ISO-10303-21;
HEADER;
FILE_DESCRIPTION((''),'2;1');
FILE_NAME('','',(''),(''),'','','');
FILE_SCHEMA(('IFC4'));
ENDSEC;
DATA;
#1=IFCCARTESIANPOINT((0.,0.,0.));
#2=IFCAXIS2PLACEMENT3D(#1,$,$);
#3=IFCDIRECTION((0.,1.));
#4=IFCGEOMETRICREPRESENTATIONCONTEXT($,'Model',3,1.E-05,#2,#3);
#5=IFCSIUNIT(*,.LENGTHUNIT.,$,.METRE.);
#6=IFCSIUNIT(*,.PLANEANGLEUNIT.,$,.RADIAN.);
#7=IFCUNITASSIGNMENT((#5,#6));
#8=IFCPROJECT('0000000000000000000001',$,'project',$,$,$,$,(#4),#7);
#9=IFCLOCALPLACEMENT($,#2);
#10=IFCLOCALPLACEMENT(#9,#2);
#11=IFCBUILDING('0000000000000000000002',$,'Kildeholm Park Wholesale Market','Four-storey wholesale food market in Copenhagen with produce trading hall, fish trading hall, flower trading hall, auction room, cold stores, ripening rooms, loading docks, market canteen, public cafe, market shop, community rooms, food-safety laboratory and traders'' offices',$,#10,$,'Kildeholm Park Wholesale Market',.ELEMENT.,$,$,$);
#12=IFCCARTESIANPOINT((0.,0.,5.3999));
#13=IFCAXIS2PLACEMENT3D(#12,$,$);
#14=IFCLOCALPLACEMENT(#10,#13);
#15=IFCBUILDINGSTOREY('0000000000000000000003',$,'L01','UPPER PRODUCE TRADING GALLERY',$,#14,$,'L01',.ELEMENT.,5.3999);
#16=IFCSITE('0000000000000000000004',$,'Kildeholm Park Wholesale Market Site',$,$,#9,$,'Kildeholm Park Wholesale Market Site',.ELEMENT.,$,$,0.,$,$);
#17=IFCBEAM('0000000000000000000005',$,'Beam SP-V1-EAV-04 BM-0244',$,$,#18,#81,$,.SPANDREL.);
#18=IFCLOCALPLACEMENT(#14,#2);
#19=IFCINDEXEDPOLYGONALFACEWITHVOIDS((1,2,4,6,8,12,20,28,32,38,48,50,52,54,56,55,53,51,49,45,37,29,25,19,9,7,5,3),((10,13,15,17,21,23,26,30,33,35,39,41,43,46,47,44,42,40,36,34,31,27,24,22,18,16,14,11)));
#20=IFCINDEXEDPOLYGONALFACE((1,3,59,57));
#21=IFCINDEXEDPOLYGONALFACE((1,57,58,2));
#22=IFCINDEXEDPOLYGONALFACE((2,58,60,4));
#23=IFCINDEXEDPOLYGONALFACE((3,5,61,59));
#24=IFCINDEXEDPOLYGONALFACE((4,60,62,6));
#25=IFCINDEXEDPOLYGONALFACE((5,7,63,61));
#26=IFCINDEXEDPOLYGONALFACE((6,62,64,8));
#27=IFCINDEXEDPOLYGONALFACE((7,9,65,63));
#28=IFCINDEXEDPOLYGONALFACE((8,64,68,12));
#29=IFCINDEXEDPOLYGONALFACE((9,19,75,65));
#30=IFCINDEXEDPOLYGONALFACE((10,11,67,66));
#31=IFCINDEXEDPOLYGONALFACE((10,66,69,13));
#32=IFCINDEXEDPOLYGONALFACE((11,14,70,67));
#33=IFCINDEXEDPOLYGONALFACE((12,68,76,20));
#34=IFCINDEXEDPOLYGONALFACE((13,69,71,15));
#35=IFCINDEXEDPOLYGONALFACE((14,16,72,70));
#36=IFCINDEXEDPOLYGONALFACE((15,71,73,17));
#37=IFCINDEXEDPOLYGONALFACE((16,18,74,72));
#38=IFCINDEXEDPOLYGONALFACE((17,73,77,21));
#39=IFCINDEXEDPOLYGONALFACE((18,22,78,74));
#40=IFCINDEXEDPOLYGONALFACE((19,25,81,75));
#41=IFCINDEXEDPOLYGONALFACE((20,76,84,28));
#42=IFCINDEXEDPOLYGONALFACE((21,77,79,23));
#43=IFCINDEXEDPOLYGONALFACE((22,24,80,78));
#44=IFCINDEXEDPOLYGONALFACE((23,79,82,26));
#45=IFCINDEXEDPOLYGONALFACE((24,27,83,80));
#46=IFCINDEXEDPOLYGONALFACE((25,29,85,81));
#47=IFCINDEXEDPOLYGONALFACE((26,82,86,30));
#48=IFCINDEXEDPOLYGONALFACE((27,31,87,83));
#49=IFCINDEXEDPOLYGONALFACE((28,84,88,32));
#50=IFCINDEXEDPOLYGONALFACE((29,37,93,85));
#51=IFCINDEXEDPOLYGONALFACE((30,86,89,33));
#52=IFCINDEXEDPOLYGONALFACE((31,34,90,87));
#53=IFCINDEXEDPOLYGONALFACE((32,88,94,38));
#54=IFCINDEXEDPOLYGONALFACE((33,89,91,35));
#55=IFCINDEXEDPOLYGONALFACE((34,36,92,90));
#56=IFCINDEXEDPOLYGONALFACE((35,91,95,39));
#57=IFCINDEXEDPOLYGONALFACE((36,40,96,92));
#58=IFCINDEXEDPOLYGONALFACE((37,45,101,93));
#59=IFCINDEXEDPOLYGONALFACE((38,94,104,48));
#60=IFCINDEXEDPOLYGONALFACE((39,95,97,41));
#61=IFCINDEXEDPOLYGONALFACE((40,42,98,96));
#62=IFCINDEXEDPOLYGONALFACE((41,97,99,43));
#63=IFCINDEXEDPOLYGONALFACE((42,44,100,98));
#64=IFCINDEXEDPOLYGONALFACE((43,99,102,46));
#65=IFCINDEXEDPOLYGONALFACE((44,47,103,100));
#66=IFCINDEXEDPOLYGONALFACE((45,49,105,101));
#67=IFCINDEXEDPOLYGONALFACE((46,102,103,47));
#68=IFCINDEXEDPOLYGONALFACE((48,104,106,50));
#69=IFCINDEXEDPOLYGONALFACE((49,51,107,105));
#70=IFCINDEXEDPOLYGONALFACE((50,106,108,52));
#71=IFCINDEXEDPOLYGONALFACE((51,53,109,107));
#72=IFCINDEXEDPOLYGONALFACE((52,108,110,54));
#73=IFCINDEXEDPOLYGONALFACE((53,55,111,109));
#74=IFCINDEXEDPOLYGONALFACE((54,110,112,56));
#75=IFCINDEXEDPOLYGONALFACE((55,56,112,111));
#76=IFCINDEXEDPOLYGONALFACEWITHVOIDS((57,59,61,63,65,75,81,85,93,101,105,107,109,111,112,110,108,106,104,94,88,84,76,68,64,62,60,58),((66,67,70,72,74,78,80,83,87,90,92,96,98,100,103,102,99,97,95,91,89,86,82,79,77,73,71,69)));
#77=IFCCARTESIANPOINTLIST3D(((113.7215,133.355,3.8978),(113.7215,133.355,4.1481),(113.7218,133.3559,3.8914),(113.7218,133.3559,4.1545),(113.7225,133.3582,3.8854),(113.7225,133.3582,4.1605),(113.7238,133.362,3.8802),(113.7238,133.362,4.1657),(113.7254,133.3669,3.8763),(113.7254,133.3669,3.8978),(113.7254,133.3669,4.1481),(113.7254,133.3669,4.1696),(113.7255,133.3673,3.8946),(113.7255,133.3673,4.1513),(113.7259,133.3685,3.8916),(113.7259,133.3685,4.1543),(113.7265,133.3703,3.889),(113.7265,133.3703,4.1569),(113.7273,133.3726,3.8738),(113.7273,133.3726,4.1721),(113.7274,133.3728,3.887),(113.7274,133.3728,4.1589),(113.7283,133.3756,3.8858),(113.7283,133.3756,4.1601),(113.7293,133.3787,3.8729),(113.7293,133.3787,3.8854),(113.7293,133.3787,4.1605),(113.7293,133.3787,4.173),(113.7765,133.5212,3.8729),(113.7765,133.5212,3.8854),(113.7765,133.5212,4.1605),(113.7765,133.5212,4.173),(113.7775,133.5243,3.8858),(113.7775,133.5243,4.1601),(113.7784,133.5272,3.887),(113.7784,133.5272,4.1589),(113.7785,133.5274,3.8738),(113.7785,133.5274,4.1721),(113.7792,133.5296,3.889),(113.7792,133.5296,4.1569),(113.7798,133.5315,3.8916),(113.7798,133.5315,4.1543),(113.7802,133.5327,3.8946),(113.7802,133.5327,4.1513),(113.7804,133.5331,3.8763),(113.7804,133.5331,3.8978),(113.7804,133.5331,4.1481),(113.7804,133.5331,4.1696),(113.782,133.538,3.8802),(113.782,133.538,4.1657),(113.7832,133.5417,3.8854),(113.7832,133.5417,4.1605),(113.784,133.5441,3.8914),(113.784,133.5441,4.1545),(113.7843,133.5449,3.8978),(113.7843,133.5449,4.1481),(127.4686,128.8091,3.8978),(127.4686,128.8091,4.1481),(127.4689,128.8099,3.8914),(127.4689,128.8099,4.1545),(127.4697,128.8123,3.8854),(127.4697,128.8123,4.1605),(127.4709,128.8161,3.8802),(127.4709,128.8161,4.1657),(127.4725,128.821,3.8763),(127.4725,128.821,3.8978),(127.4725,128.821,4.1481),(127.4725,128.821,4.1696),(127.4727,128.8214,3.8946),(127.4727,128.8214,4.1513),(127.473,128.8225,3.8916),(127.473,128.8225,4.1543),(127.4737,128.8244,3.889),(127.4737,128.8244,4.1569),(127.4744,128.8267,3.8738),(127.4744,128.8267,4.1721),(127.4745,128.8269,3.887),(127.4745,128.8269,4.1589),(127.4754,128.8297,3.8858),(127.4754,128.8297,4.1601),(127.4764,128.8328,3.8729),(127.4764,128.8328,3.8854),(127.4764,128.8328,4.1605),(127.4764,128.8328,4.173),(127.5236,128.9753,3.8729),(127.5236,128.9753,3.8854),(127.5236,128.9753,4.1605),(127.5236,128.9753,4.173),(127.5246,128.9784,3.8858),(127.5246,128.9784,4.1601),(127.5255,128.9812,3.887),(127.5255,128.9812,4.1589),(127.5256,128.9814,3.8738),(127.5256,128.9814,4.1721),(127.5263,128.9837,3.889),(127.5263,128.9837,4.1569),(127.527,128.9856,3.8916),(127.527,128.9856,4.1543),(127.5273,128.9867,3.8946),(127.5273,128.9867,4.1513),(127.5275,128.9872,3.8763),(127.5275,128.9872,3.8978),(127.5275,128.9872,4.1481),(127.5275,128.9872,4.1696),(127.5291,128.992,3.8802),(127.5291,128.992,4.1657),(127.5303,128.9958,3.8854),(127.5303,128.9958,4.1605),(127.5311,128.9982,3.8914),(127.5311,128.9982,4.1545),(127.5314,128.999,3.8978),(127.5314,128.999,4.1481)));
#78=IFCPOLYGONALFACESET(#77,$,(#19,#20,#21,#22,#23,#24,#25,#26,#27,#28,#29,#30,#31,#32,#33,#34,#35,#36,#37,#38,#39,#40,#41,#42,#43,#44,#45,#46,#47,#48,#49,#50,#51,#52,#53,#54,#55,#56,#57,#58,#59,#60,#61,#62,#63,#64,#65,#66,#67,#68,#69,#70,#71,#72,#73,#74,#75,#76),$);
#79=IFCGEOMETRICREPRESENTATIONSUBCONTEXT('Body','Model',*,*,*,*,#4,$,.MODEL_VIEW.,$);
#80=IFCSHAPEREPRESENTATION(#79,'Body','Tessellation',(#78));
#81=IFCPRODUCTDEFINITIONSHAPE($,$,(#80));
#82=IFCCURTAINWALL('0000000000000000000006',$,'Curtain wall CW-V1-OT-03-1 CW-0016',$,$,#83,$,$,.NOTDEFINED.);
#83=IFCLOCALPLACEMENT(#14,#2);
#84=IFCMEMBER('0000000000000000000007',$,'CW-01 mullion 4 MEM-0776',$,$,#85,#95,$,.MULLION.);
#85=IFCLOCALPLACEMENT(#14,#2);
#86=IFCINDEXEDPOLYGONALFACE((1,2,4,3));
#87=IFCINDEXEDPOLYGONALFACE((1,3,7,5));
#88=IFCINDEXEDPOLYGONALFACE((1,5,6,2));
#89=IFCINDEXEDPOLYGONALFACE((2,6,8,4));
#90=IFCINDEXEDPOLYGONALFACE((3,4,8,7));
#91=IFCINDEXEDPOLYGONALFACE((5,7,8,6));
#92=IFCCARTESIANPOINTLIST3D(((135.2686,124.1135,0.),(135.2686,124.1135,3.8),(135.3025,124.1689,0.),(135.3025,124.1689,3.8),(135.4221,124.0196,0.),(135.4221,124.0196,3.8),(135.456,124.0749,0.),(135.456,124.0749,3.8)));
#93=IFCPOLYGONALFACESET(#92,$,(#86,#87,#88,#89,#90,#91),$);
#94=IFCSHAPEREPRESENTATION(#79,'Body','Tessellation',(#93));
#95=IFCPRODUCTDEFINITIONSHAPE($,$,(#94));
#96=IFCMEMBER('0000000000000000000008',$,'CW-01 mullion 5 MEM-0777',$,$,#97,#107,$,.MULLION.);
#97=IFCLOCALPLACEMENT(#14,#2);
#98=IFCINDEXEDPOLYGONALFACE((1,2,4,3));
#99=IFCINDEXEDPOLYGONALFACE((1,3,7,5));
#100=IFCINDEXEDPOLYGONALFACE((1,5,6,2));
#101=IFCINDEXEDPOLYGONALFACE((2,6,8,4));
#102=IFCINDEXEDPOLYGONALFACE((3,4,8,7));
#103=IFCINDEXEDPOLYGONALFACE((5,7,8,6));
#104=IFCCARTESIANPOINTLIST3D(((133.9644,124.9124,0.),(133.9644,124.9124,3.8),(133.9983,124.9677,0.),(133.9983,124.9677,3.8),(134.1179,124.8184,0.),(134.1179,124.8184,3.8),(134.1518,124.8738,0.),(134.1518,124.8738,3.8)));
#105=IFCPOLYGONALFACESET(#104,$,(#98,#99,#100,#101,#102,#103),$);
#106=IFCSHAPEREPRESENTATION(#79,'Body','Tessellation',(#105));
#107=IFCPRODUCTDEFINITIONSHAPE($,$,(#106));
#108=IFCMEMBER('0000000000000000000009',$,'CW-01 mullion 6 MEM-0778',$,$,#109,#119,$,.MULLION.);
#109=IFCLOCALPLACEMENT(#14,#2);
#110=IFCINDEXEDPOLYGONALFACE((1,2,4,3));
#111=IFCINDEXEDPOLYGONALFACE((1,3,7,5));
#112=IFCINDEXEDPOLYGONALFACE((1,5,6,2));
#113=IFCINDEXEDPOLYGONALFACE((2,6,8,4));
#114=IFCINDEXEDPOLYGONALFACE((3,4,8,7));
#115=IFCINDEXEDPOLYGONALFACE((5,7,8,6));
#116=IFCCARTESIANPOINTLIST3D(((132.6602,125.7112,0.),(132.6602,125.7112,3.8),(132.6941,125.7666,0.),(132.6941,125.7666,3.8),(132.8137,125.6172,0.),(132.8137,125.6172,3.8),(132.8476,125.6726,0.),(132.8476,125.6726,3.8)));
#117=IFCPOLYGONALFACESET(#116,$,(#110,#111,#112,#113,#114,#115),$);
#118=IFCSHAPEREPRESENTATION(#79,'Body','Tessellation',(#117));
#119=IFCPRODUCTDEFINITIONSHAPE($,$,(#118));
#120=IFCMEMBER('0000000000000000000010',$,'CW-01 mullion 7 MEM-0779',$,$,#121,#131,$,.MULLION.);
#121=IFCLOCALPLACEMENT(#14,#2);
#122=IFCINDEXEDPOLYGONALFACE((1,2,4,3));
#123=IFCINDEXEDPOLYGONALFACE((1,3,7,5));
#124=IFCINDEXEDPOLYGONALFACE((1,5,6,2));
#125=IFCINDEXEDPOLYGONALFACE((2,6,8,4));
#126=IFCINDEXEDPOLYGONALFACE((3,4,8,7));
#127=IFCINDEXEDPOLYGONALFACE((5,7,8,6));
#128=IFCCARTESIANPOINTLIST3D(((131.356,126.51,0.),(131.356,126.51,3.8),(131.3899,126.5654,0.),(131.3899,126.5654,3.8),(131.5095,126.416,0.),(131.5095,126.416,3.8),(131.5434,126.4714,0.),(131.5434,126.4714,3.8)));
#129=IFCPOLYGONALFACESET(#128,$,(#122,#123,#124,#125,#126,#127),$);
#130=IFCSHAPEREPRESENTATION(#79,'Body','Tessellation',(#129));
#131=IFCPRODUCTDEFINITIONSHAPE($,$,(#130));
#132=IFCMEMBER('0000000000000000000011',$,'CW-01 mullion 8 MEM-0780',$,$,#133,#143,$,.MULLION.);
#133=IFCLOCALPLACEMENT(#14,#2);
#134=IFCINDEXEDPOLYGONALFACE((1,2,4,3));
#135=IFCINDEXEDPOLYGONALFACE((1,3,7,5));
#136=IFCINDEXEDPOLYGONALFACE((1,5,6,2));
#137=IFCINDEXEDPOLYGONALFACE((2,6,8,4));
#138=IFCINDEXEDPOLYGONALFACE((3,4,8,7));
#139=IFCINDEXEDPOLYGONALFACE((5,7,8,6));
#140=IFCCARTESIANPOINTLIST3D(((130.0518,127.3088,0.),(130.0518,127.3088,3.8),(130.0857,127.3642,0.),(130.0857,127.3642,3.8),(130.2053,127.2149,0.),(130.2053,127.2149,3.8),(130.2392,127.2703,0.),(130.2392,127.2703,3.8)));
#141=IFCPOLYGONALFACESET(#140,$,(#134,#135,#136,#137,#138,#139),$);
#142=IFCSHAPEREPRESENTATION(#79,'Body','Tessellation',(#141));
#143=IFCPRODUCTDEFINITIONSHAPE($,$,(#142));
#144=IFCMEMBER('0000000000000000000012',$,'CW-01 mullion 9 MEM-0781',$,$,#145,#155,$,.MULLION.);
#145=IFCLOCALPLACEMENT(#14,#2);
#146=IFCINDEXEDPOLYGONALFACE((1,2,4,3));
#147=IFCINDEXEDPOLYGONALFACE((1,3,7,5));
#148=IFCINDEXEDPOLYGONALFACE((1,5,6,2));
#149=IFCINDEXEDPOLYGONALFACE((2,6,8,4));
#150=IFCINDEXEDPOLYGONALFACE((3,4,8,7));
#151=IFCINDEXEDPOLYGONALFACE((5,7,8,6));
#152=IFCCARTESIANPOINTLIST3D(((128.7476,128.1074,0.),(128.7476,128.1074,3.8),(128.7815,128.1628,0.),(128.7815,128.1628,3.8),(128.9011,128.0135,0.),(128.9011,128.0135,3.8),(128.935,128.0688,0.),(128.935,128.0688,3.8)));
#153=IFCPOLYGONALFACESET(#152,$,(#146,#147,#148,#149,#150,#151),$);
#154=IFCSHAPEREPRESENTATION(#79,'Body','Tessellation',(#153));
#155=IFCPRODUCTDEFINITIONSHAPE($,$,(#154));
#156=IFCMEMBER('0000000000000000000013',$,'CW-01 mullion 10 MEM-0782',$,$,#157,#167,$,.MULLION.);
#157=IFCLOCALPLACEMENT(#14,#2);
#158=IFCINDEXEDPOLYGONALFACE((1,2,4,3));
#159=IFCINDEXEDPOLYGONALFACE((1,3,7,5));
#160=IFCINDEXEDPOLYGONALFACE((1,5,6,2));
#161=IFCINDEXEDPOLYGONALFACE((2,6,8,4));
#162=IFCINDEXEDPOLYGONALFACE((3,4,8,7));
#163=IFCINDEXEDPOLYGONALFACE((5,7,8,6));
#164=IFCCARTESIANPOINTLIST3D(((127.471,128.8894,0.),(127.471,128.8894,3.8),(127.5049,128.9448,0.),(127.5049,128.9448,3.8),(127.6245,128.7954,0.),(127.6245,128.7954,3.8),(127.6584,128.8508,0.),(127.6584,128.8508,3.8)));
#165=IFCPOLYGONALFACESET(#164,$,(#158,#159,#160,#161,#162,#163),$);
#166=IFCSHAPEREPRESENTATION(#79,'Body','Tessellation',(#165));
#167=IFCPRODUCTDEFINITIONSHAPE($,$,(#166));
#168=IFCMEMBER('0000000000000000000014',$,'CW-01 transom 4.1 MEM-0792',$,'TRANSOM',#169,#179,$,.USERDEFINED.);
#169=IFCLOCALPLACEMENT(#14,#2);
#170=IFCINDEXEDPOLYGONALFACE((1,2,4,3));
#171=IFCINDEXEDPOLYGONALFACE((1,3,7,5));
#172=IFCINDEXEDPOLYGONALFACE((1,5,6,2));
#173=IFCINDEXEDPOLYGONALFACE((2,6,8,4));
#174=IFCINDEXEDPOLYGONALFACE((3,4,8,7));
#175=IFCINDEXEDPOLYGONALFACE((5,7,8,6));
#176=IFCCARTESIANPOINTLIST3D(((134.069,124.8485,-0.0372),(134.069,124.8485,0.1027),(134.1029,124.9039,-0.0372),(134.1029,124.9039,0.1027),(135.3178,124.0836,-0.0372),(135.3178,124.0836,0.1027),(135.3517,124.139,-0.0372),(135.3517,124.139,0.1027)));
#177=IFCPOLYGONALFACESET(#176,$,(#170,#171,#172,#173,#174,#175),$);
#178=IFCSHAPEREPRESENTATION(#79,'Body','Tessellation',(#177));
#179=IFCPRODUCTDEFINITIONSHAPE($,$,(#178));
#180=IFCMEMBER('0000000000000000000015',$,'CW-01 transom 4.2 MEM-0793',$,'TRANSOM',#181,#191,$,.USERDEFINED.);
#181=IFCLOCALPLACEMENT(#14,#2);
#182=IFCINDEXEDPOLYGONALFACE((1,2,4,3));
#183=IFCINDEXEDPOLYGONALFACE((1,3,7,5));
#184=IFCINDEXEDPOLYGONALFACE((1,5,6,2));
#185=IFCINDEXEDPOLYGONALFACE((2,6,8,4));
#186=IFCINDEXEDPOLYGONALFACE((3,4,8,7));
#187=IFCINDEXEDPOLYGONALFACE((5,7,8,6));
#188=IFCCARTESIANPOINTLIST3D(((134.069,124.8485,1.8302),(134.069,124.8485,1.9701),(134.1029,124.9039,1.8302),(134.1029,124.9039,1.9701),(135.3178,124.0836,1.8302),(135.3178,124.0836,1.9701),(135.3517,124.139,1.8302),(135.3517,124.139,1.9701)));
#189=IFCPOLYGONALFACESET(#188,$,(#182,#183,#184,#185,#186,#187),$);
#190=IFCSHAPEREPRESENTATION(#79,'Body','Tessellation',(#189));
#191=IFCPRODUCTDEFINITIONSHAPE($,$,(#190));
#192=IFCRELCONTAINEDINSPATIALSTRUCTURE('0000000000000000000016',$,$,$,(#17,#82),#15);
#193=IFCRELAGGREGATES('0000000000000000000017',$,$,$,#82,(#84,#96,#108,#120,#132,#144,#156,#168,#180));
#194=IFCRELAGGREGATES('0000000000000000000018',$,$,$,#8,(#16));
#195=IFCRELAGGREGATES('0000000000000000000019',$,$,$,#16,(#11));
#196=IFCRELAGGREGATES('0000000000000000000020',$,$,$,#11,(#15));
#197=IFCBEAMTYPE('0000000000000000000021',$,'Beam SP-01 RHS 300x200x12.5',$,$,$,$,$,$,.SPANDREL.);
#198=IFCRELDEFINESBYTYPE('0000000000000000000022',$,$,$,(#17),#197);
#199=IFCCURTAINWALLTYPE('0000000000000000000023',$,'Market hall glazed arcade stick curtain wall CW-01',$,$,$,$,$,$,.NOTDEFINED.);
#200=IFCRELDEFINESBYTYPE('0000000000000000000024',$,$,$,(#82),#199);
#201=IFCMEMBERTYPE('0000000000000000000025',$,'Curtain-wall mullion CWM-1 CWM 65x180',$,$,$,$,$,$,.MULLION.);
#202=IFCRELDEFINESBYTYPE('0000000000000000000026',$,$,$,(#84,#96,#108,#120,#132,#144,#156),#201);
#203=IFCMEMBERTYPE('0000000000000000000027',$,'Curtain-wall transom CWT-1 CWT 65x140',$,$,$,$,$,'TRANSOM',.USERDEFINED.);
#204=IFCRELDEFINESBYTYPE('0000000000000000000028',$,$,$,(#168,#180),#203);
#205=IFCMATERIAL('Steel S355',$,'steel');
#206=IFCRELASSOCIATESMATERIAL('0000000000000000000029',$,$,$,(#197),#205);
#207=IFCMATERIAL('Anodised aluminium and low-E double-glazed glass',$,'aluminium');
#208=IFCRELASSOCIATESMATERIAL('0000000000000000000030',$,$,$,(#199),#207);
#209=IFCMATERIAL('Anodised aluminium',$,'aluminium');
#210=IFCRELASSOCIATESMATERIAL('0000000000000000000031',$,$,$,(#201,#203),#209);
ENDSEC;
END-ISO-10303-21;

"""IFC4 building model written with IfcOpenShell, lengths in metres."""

from ifc_helpers import new_model, si_unit, direction, frame, origin, origin_2d, place, context, subcontext, project, spatial, rectangle, hollow_rectangle, extrude, material, material_profile, profile_set, type_object, element, aggregate, save


model = new_model("IFC4")

# Units and contexts
model_context = context("Model", 3, precision=1e-05, world=origin(), true_north=direction((0.0, 1.0)))
body_context = subcontext(model_context, "Body", "Model", "MODEL_VIEW")
ifc_project = project(units=[si_unit("LENGTHUNIT", "METRE"), si_unit("PLANEANGLEUNIT", "RADIAN")], contexts=[model_context])

# Site, building, storey
site_placement = place(None, origin())
site = spatial("IfcSite", under=ifc_project, at=site_placement, Name="Kildeholm Park Wholesale Market Site", LongName="Kildeholm Park Wholesale Market Site", CompositionType="ELEMENT", RefElevation=0.0)
building_placement = place(site_placement, origin())
building = spatial("IfcBuilding", under=site, at=building_placement, Name="Kildeholm Park Wholesale Market", Description="Four-storey wholesale food market in Copenhagen with produce trading hall, fish trading hall, flower trading hall, auction room, cold stores, ripening rooms, loading docks, market canteen, public cafe, market shop, community rooms, food-safety laboratory and traders' offices", LongName="Kildeholm Park Wholesale Market", CompositionType="ELEMENT")
storey_placement = place(building_placement, frame((0.0, 0.0, 5.3999)))
storey = spatial("IfcBuildingStorey", under=building, at=storey_placement, Name="L01", Description="UPPER PRODUCE TRADING GALLERY", LongName="L01", CompositionType="ELEMENT", Elevation=5.3999)

# Beam
ifc_material_1 = material(Name="Steel S355", Category="steel")
ifc_material_profile_1 = material_profile(ifc_material_1, hollow_rectangle(XDim=0.2, YDim=0.3, WallThickness=0.0125, InnerFilletRadius=0.0125, OuterFilletRadius=0.0249, at=origin_2d()), Name="RHS 300x200x12.5")
ifc_profile_set_1 = profile_set([ifc_material_profile_1], Name="Steel S355")
beam_type = type_object("IfcBeamType", Name="Beam SP-01 RHS 300x200x12.5", PredefinedType="SPANDREL", material=ifc_profile_set_1)
beam_placement = place(storey_placement, frame((127.5, 128.9041, 4.0229), z_axis=(-0.949436, 0.313961, 0.0), x_axis=(-0.313961, -0.949436, 0.0)))
element("IfcBeam", 1, at=beam_placement, inside=storey, type_object=beam_type, Name="Beam SP-V1-EAV-04 BM-0244", PredefinedType="SPANDREL", context=body_context, shape_type="SweptSolid", body=[
    extrude(hollow_rectangle(XDim=0.2, YDim=0.3, WallThickness=0.0125, InnerFilletRadius=0.0125, OuterFilletRadius=0.0249, at=origin_2d()), origin(), (0.0, 0.0, 1.0), 14.4792),
])

# Curtain wall, members
ifc_material_2 = material(Name="Anodised aluminium and low-E double-glazed glass", Category="aluminium")
curtain_wall_type = type_object("IfcCurtainWallType", Name="Market hall glazed arcade stick curtain wall CW-01", PredefinedType="NOTDEFINED", material=ifc_material_2)
curtain_wall_placement = place(storey_placement, origin())
curtain_wall = element("IfcCurtainWall", 2, at=curtain_wall_placement, inside=storey, type_object=curtain_wall_type, Name="Curtain wall CW-V1-OT-03-1 CW-0016", PredefinedType="NOTDEFINED")
ifc_material_3 = material(Name="Anodised aluminium", Category="aluminium")
ifc_material_profile_2 = material_profile(ifc_material_3, rectangle(XDim=0.0649, YDim=0.1799, at=origin_2d()), Name="CWM 65x180")
ifc_profile_set_2 = profile_set([ifc_material_profile_2], Name="Anodised aluminium")
member_type_1 = type_object("IfcMemberType", Name="Curtain-wall mullion CWM-1 CWM 65x180", PredefinedType="MULLION", material=ifc_profile_set_2)
member_1_placement = place(storey_placement, frame((135.3623, 124.0942, 0.0), z_axis=(0.0, 0.0, 1.0), x_axis=(-0.522284, -0.852771, 0.0)))
member_1 = element("IfcMember", 3, at=member_1_placement, type_object=member_type_1, Name="CW-01 mullion 4 MEM-0776", PredefinedType="MULLION", context=body_context, shape_type="SweptSolid", body=[
    extrude(rectangle(XDim=0.0649, YDim=0.1799, at=origin_2d()), origin(), (0.0, 0.0, 1.0), 3.8),
])
member_2_placement = place(storey_placement, frame((134.0581, 124.8931, 0.0), z_axis=(0.0, 0.0, 1.0), x_axis=(-0.522284, -0.852771, 0.0)))
member_2 = element("IfcMember", 4, at=member_2_placement, type_object=member_type_1, Name="CW-01 mullion 5 MEM-0777", PredefinedType="MULLION", context=body_context, shape_type="SweptSolid", body=[
    extrude(rectangle(XDim=0.0649, YDim=0.1799, at=origin_2d()), origin(), (0.0, 0.0, 1.0), 3.8),
])
member_3_placement = place(storey_placement, frame((132.7539, 125.6919, 0.0), z_axis=(0.0, 0.0, 1.0), x_axis=(-0.522284, -0.852771, 0.0)))
member_3 = element("IfcMember", 5, at=member_3_placement, type_object=member_type_1, Name="CW-01 mullion 6 MEM-0778", PredefinedType="MULLION", context=body_context, shape_type="SweptSolid", body=[
    extrude(rectangle(XDim=0.0649, YDim=0.1799, at=origin_2d()), origin(), (0.0, 0.0, 1.0), 3.8),
])
member_4_placement = place(storey_placement, frame((131.4497, 126.4907, 0.0), z_axis=(0.0, 0.0, 1.0), x_axis=(-0.522284, -0.852771, 0.0)))
member_4 = element("IfcMember", 6, at=member_4_placement, type_object=member_type_1, Name="CW-01 mullion 7 MEM-0779", PredefinedType="MULLION", context=body_context, shape_type="SweptSolid", body=[
    extrude(rectangle(XDim=0.0649, YDim=0.1799, at=origin_2d()), origin(), (0.0, 0.0, 1.0), 3.8),
])
member_5_placement = place(storey_placement, frame((130.1455, 127.2896, 0.0), z_axis=(0.0, 0.0, 1.0), x_axis=(-0.522284, -0.852771, 0.0)))
member_5 = element("IfcMember", 7, at=member_5_placement, type_object=member_type_1, Name="CW-01 mullion 8 MEM-0780", PredefinedType="MULLION", context=body_context, shape_type="SweptSolid", body=[
    extrude(rectangle(XDim=0.0649, YDim=0.1799, at=origin_2d()), origin(), (0.0, 0.0, 1.0), 3.8),
])
member_6_placement = place(storey_placement, frame((128.8413, 128.0881, 0.0), z_axis=(0.0, 0.0, 1.0), x_axis=(-0.522284, -0.852771, 0.0)))
member_6 = element("IfcMember", 8, at=member_6_placement, type_object=member_type_1, Name="CW-01 mullion 9 MEM-0781", PredefinedType="MULLION", context=body_context, shape_type="SweptSolid", body=[
    extrude(rectangle(XDim=0.0649, YDim=0.1799, at=origin_2d()), origin(), (0.0, 0.0, 1.0), 3.8),
])
member_7_placement = place(storey_placement, frame((127.5647, 128.8701, 0.0), z_axis=(0.0, 0.0, 1.0), x_axis=(-0.522284, -0.852771, 0.0)))
member_7 = element("IfcMember", 9, at=member_7_placement, type_object=member_type_1, Name="CW-01 mullion 10 MEM-0782", PredefinedType="MULLION", context=body_context, shape_type="SweptSolid", body=[
    extrude(rectangle(XDim=0.0649, YDim=0.1799, at=origin_2d()), origin(), (0.0, 0.0, 1.0), 3.8),
])
ifc_material_profile_3 = material_profile(ifc_material_3, rectangle(XDim=0.0649, YDim=0.1399, at=origin_2d()), Name="CWT 65x140")
ifc_profile_set_3 = profile_set([ifc_material_profile_3], Name="Anodised aluminium")
member_type_2 = type_object("IfcMemberType", Name="Curtain-wall transom CWT-1 CWT 65x140", ElementType="TRANSOM", PredefinedType="USERDEFINED", material=ifc_profile_set_3)
member_8_placement = place(storey_placement, frame((135.3347, 124.1113, 0.0327), z_axis=(-0.85275, 0.52232, 0.0), x_axis=(-0.52232, -0.85275, 0.0)))
member_8 = element("IfcMember", 10, at=member_8_placement, type_object=member_type_2, Name="CW-01 transom 4.1 MEM-0792", ObjectType="TRANSOM", PredefinedType="USERDEFINED", context=body_context, shape_type="SweptSolid", body=[
    extrude(rectangle(XDim=0.0649, YDim=0.1399, at=origin_2d()), origin(), (0.0, 0.0, 1.0), 1.4644),
])
member_9_placement = place(storey_placement, frame((135.3347, 124.1113, 1.9001), z_axis=(-0.85275, 0.52232, 0.0), x_axis=(-0.52232, -0.85275, 0.0)))
member_9 = element("IfcMember", 11, at=member_9_placement, type_object=member_type_2, Name="CW-01 transom 4.2 MEM-0793", ObjectType="TRANSOM", PredefinedType="USERDEFINED", context=body_context, shape_type="SweptSolid", body=[
    extrude(rectangle(XDim=0.0649, YDim=0.1399, at=origin_2d()), origin(), (0.0, 0.0, 1.0), 1.4644),
])
aggregate(curtain_wall, [member_1, member_2, member_3, member_4, member_5, member_6, member_7, member_8, member_9])

save(model, "model.ifc")
